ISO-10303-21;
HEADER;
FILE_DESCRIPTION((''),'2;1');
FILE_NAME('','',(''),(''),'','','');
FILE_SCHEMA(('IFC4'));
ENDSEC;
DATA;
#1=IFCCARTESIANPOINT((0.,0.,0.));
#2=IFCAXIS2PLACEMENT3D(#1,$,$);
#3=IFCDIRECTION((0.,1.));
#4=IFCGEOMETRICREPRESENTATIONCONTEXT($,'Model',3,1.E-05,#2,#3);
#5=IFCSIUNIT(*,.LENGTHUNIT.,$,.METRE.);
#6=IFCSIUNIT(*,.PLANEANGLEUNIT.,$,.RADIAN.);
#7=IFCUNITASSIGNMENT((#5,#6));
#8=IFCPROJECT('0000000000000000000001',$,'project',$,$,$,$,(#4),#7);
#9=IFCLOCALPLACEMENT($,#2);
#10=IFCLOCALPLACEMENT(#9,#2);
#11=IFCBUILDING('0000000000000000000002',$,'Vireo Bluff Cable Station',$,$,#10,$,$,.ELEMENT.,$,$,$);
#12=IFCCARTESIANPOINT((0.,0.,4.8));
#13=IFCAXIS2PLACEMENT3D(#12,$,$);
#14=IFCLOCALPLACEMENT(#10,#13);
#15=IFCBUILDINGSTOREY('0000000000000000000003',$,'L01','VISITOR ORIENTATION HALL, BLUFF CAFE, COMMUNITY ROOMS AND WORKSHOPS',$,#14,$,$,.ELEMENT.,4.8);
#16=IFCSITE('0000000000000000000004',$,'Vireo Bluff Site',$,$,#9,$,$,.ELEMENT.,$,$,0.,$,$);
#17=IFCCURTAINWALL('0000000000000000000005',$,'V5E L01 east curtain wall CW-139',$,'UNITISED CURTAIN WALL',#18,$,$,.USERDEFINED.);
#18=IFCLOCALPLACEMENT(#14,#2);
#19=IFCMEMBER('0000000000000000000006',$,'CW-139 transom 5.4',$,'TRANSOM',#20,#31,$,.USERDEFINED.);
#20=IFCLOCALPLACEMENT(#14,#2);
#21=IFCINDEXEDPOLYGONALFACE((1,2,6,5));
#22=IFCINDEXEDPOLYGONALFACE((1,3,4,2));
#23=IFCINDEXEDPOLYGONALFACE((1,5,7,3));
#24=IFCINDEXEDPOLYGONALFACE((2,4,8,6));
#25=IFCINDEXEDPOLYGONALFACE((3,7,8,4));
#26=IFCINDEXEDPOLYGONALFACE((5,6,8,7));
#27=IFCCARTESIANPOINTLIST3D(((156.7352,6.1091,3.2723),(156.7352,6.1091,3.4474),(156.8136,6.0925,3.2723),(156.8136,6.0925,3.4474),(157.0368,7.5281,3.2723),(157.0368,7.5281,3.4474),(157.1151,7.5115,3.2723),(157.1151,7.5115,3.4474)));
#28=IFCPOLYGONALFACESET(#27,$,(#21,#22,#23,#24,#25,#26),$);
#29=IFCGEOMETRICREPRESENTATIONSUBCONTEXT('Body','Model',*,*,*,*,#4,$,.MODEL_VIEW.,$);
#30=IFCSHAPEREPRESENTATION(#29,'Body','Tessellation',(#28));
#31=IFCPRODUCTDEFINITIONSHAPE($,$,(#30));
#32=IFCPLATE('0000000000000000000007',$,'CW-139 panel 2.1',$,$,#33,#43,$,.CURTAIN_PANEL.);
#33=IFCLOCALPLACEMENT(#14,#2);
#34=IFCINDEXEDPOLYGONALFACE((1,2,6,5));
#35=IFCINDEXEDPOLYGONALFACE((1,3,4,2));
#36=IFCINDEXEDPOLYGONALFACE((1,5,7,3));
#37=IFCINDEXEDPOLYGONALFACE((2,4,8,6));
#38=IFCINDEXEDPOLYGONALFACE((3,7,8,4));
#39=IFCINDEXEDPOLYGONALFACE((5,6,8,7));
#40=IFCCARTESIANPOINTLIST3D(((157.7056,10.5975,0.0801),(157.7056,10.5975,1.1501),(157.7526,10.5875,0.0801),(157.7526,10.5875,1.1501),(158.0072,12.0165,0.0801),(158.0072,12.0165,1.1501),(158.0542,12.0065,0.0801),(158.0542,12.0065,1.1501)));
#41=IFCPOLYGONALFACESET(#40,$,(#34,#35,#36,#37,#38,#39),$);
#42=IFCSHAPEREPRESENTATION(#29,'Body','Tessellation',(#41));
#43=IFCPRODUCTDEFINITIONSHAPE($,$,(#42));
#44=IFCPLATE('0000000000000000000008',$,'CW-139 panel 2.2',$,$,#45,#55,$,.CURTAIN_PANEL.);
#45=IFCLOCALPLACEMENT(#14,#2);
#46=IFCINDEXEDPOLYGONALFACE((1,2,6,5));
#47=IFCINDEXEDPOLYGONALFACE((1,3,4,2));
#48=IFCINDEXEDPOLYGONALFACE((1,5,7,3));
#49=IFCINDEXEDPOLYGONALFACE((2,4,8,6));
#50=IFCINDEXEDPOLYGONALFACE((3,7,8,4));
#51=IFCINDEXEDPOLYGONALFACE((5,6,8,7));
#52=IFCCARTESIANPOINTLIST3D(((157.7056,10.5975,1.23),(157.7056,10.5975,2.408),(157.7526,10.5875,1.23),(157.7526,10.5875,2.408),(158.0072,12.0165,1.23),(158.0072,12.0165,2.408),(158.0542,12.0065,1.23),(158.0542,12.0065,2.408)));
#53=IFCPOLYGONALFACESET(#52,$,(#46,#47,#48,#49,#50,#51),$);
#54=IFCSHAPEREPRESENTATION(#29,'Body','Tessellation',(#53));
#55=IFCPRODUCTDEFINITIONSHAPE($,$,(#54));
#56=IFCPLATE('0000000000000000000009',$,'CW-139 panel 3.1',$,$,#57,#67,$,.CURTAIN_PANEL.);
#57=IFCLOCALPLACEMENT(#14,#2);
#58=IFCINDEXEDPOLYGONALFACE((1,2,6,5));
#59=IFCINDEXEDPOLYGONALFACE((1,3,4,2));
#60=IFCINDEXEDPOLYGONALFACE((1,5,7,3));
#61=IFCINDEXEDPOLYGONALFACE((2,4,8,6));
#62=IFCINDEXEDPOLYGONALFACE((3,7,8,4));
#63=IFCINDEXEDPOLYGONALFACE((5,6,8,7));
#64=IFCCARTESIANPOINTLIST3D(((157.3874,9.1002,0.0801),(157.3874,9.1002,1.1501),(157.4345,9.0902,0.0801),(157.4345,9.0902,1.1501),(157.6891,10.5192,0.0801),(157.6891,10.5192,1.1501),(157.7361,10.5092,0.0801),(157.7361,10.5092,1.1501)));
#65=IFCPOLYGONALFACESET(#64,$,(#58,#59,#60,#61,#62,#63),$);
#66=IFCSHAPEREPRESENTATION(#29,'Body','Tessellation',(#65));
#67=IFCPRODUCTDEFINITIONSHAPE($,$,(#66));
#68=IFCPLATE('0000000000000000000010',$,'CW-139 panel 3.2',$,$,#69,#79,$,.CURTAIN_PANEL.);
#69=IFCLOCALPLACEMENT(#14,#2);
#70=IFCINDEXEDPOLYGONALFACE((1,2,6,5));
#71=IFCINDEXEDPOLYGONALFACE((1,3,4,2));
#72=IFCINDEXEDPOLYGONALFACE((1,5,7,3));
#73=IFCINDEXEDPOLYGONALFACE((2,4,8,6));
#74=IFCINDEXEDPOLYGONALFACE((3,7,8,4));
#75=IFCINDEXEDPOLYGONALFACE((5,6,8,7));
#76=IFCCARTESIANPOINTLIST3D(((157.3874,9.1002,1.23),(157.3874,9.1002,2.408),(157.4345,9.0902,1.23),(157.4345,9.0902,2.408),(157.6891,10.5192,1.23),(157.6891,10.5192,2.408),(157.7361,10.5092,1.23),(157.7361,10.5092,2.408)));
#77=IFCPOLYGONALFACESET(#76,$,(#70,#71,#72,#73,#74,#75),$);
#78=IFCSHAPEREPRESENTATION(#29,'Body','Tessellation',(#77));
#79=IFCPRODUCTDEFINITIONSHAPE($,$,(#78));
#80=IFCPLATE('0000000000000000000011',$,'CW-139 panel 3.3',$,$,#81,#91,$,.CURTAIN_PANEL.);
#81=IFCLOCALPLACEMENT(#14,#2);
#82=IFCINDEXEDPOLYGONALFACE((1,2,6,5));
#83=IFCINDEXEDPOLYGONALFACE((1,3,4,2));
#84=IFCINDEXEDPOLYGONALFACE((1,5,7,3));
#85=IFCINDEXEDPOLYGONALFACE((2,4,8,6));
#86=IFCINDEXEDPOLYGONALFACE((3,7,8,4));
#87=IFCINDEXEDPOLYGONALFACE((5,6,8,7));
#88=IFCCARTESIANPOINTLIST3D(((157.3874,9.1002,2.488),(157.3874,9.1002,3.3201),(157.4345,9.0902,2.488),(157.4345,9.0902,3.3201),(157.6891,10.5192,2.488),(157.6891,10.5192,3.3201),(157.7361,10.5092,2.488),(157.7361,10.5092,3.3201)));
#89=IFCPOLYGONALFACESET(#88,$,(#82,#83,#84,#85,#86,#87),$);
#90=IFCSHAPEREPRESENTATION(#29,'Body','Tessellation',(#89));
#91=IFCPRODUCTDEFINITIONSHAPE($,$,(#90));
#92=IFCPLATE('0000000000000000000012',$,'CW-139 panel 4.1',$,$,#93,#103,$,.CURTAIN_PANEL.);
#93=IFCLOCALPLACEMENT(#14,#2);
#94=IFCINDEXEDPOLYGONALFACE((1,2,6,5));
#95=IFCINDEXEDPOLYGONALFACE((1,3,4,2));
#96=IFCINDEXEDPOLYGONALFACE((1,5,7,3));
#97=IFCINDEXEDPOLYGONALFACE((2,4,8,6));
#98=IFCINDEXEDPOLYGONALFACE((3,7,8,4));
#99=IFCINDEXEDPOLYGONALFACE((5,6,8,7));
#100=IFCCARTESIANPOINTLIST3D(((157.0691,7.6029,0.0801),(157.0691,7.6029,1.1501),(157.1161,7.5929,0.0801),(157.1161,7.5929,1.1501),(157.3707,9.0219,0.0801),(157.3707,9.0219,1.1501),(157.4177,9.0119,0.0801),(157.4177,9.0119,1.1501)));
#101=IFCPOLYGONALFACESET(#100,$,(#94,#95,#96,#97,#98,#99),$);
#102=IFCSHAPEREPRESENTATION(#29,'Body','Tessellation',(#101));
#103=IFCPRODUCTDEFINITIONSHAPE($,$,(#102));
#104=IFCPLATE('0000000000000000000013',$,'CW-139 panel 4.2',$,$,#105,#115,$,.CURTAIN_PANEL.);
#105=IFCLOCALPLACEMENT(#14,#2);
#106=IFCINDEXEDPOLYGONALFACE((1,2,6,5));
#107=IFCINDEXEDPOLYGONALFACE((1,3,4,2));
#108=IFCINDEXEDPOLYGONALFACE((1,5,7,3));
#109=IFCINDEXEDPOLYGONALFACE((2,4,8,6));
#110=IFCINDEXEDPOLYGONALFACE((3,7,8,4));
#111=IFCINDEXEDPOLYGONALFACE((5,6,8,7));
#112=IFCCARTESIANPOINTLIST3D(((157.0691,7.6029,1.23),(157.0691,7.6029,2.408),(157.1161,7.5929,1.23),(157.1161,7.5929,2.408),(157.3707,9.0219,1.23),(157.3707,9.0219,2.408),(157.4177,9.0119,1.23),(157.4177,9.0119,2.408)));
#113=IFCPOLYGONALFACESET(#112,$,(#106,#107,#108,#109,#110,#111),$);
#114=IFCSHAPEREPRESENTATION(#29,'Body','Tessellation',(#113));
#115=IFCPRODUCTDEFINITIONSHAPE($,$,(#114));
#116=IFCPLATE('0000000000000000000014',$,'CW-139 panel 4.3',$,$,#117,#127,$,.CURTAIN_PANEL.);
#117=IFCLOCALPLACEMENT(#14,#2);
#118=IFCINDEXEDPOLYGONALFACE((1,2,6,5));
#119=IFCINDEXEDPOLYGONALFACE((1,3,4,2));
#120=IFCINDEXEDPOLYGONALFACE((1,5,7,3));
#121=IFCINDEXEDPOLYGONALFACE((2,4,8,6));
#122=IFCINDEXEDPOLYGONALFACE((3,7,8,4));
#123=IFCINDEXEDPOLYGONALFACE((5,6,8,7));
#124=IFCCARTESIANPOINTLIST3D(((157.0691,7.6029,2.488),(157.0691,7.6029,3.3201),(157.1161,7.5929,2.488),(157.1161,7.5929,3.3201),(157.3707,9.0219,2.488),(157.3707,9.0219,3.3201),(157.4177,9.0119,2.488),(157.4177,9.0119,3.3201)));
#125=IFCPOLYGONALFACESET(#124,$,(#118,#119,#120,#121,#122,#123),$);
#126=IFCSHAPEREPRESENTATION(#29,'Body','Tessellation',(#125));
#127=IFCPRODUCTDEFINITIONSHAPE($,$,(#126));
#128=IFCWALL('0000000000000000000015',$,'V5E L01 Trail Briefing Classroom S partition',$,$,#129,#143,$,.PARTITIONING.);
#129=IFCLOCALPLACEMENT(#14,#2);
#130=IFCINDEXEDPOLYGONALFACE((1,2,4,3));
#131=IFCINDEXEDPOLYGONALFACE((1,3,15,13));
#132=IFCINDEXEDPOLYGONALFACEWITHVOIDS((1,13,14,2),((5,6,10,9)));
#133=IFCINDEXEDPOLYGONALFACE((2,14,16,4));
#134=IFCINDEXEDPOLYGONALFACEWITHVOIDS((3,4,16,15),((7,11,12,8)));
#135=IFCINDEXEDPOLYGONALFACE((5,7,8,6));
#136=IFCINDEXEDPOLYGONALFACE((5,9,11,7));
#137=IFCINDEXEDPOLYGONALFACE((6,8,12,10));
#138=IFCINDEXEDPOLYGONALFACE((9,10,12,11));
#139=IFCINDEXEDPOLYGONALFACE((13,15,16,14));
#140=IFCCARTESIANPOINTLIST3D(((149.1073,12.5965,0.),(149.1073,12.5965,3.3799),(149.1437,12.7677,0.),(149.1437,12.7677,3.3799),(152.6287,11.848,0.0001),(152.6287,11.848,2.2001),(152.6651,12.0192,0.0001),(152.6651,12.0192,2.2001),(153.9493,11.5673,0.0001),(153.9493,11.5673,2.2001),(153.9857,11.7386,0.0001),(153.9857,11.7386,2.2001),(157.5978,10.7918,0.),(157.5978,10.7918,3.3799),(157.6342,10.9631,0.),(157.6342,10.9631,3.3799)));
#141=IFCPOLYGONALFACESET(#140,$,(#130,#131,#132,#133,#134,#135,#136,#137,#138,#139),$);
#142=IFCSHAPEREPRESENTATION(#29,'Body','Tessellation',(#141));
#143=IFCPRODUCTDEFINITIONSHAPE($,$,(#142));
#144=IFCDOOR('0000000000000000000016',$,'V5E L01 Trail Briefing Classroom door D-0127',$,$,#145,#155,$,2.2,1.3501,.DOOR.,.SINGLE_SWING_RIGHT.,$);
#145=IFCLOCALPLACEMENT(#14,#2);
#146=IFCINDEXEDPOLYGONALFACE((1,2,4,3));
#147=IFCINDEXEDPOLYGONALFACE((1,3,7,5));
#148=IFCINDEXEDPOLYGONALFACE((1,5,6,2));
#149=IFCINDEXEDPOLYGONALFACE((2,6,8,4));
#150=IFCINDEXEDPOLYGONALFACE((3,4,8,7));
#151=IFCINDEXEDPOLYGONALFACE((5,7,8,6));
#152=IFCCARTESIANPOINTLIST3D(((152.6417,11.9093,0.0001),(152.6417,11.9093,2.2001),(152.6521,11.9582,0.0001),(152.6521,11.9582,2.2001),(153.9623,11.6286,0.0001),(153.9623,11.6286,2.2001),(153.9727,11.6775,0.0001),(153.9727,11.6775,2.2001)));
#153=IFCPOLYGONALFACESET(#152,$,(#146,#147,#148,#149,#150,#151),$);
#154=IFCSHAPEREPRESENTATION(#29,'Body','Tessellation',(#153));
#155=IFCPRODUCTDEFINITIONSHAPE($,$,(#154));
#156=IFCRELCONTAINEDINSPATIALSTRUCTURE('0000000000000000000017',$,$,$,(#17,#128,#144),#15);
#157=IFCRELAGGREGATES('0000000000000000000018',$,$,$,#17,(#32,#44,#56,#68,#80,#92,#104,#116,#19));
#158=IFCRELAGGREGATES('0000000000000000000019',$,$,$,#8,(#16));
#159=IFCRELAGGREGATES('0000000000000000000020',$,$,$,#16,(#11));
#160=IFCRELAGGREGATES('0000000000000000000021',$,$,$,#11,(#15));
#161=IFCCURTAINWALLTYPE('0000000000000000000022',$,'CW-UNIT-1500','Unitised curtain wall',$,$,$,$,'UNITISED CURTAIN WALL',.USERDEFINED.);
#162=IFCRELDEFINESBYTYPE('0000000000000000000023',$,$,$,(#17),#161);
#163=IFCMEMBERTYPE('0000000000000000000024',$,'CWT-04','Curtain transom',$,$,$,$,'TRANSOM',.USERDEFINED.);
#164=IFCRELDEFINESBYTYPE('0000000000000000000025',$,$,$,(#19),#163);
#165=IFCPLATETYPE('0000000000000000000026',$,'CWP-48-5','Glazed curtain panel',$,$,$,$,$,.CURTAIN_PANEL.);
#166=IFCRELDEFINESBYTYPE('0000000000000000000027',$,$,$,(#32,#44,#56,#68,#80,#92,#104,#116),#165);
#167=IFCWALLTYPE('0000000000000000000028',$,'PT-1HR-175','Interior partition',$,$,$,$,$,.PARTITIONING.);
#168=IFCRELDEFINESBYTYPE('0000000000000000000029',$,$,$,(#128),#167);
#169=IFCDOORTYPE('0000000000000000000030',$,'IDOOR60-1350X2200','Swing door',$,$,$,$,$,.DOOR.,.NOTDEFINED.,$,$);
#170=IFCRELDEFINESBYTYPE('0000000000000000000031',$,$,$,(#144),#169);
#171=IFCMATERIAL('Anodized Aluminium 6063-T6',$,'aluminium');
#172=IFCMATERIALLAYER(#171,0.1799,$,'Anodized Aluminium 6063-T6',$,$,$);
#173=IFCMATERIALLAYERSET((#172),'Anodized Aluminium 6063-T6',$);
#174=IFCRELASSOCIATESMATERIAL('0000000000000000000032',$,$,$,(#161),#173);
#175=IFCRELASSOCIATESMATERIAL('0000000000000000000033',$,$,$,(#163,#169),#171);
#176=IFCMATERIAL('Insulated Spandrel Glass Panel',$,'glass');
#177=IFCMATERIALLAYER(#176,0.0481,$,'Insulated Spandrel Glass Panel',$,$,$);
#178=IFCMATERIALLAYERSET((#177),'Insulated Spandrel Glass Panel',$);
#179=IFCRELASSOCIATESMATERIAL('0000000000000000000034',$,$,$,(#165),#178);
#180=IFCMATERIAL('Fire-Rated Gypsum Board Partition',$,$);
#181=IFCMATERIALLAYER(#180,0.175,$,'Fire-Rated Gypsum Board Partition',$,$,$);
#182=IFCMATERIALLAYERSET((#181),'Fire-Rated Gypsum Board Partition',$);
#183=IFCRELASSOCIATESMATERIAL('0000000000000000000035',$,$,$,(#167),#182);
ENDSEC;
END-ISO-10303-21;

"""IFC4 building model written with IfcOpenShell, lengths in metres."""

from ifc_helpers import new_model, si_unit, direction, frame, frame_2d, origin, origin_with_axes, origin_2d, place, context, subcontext, project, spatial, rectangle, extrude, material, layer, layer_set, material_profile, profile_set, type_object, element, fill, aggregate, save


model = new_model("IFC4")

# Units and contexts
model_context = context("Model", 3, precision=1e-05, world=origin(), true_north=direction((0.0, 1.0)))
body_context = subcontext(model_context, "Body", "Model", "MODEL_VIEW")
ifc_project = project(units=[si_unit("LENGTHUNIT", "METRE"), si_unit("PLANEANGLEUNIT", "RADIAN")], contexts=[model_context])

# Site, building, storey
site_placement = place(None, origin())
site = spatial("IfcSite", under=ifc_project, at=site_placement, Name="Vireo Bluff Site", CompositionType="ELEMENT", RefElevation=0.0)
building_placement = place(site_placement, origin())
building = spatial("IfcBuilding", under=site, at=building_placement, Name="Vireo Bluff Cable Station", CompositionType="ELEMENT")
storey_placement = place(building_placement, frame((0.0, 0.0, 4.8)))
storey = spatial("IfcBuildingStorey", under=building, at=storey_placement, Name="L01", Description="VISITOR ORIENTATION HALL, BLUFF CAFE, COMMUNITY ROOMS AND WORKSHOPS", CompositionType="ELEMENT", Elevation=4.8)

# Curtain wall, member, plates
ifc_material_1 = material(Name="Anodized Aluminium 6063-T6", Category="aluminium")
ifc_layer_1 = layer(ifc_material_1, 0.1799, Name="Anodized Aluminium 6063-T6")
ifc_layer_set_1 = layer_set([ifc_layer_1], Name="Anodized Aluminium 6063-T6")
curtain_wall_type = type_object("IfcCurtainWallType", Name="CW-UNIT-1500", Description="Unitised curtain wall", ElementType="UNITISED CURTAIN WALL", PredefinedType="USERDEFINED", material=ifc_layer_set_1)
curtain_wall_placement = place(storey_placement, origin())
curtain_wall = element("IfcCurtainWall", 1, at=curtain_wall_placement, inside=storey, type_object=curtain_wall_type, Name="V5E L01 east curtain wall CW-139", ObjectType="UNITISED CURTAIN WALL", PredefinedType="USERDEFINED")
ifc_material_profile_1 = material_profile(ifc_material_1, rectangle(XDim=0.0801, YDim=0.175, at=origin_2d()), Name="ALU-T-80X175")
ifc_profile_set_1 = profile_set([ifc_material_profile_1], Name="Anodized Aluminium 6063-T6")
member_type_1 = type_object("IfcMemberType", Name="CWT-04", Description="Curtain transom", ElementType="TRANSOM", PredefinedType="USERDEFINED", material=ifc_profile_set_1)
member_1_placement = place(storey_placement, frame((157.0759, 7.5198, 3.3599), z_axis=(-0.207851, -0.978161, 0.0), x_axis=(0.978161, -0.207851, 0.0)))
member_1 = element("IfcMember", 2, at=member_1_placement, type_object=member_type_1, Name="CW-139 transom 5.4", ObjectType="TRANSOM", PredefinedType="USERDEFINED", context=body_context, shape_type="SweptSolid", body=[
    extrude(rectangle(XDim=0.0801, YDim=0.175, at=origin_2d()), origin(), (0.0, 0.0, 1.0), 1.4507),
])
ifc_material_2 = material(Name="Insulated Spandrel Glass Panel", Category="glass")
ifc_layer_2 = layer(ifc_material_2, 0.0481, Name="Insulated Spandrel Glass Panel")
ifc_layer_set_2 = layer_set([ifc_layer_2], Name="Insulated Spandrel Glass Panel")
plate_type = type_object("IfcPlateType", Name="CWP-48-5", Description="Glazed curtain panel", PredefinedType="CURTAIN_PANEL", material=ifc_layer_set_2)
plate_1_placement = place(storey_placement, frame((157.8799, 11.302, 0.0801), z_axis=(0.0, 0.0, 1.0), x_axis=(-0.207912, -0.978148, 0.0)))
plate_1 = element("IfcPlate", 3, at=plate_1_placement, type_object=plate_type, Name="CW-139 panel 2.1", PredefinedType="CURTAIN_PANEL", context=body_context, shape_type="SweptSolid", body=[
    extrude(rectangle(XDim=1.4507, YDim=0.0481, at=origin_2d()), origin(), (0.0, 0.0, 1.0), 1.0701),
])
plate_2_placement = place(storey_placement, frame((157.8799, 11.302, 1.23), z_axis=(0.0, 0.0, 1.0), x_axis=(-0.207912, -0.978148, 0.0)))
plate_2 = element("IfcPlate", 4, at=plate_2_placement, type_object=plate_type, Name="CW-139 panel 2.2", PredefinedType="CURTAIN_PANEL", context=body_context, shape_type="SweptSolid", body=[
    extrude(rectangle(XDim=1.4507, YDim=0.0481, at=origin_2d()), origin(), (0.0, 0.0, 1.0), 1.178),
])
plate_3_placement = place(storey_placement, frame((157.5618, 9.8047, 0.0801), z_axis=(0.0, 0.0, 1.0), x_axis=(-0.207912, -0.978148, 0.0)))
plate_3 = element("IfcPlate", 5, at=plate_3_placement, type_object=plate_type, Name="CW-139 panel 3.1", PredefinedType="CURTAIN_PANEL", context=body_context, shape_type="SweptSolid", body=[
    extrude(rectangle(XDim=1.4507, YDim=0.0481, at=origin_2d()), origin(), (0.0, 0.0, 1.0), 1.0701),
])
plate_4_placement = place(storey_placement, frame((157.5618, 9.8047, 1.23), z_axis=(0.0, 0.0, 1.0), x_axis=(-0.207912, -0.978148, 0.0)))
plate_4 = element("IfcPlate", 6, at=plate_4_placement, type_object=plate_type, Name="CW-139 panel 3.2", PredefinedType="CURTAIN_PANEL", context=body_context, shape_type="SweptSolid", body=[
    extrude(rectangle(XDim=1.4507, YDim=0.0481, at=origin_2d()), origin(), (0.0, 0.0, 1.0), 1.178),
])
plate_5_placement = place(storey_placement, frame((157.5618, 9.8047, 2.488), z_axis=(0.0, 0.0, 1.0), x_axis=(-0.207912, -0.978148, 0.0)))
plate_5 = element("IfcPlate", 7, at=plate_5_placement, type_object=plate_type, Name="CW-139 panel 3.3", PredefinedType="CURTAIN_PANEL", context=body_context, shape_type="SweptSolid", body=[
    extrude(rectangle(XDim=1.4507, YDim=0.0481, at=origin_2d()), origin(), (0.0, 0.0, 1.0), 0.832),
])
plate_6_placement = place(storey_placement, frame((157.2434, 8.3074, 0.0801), z_axis=(0.0, 0.0, 1.0), x_axis=(-0.207912, -0.978148, 0.0)))
plate_6 = element("IfcPlate", 8, at=plate_6_placement, type_object=plate_type, Name="CW-139 panel 4.1", PredefinedType="CURTAIN_PANEL", context=body_context, shape_type="SweptSolid", body=[
    extrude(rectangle(XDim=1.4507, YDim=0.0481, at=origin_2d()), origin(), (0.0, 0.0, 1.0), 1.0701),
])
plate_7_placement = place(storey_placement, frame((157.2434, 8.3074, 1.23), z_axis=(0.0, 0.0, 1.0), x_axis=(-0.207912, -0.978148, 0.0)))
plate_7 = element("IfcPlate", 9, at=plate_7_placement, type_object=plate_type, Name="CW-139 panel 4.2", PredefinedType="CURTAIN_PANEL", context=body_context, shape_type="SweptSolid", body=[
    extrude(rectangle(XDim=1.4507, YDim=0.0481, at=origin_2d()), origin(), (0.0, 0.0, 1.0), 1.178),
])
plate_8_placement = place(storey_placement, frame((157.2434, 8.3074, 2.488), z_axis=(0.0, 0.0, 1.0), x_axis=(-0.207912, -0.978148, 0.0)))
plate_8 = element("IfcPlate", 10, at=plate_8_placement, type_object=plate_type, Name="CW-139 panel 4.3", PredefinedType="CURTAIN_PANEL", context=body_context, shape_type="SweptSolid", body=[
    extrude(rectangle(XDim=1.4507, YDim=0.0481, at=origin_2d()), origin(), (0.0, 0.0, 1.0), 0.832),
])
aggregate(curtain_wall, [plate_1, plate_2, plate_3, plate_4, plate_5, plate_6, plate_7, plate_8, member_1])

# Wall, opening, door
ifc_material_3 = material(Name="Fire-Rated Gypsum Board Partition")
ifc_layer_3 = layer(ifc_material_3, 0.175, Name="Fire-Rated Gypsum Board Partition")
ifc_layer_set_3 = layer_set([ifc_layer_3], Name="Fire-Rated Gypsum Board Partition")
wall_type = type_object("IfcWallType", Name="PT-1HR-175", Description="Interior partition", PredefinedType="PARTITIONING", material=ifc_layer_set_3)
wall_placement = place(storey_placement, frame((157.616, 10.8774, 0.0), z_axis=(0.0, 0.0, 1.0), x_axis=(-0.978148, 0.20791, 0.0)))
wall = element("IfcWall", 11, at=wall_placement, inside=storey, type_object=wall_type, Name="V5E L01 Trail Briefing Classroom S partition", PredefinedType="PARTITIONING", context=body_context, shape_type="SweptSolid", body=[
    extrude(rectangle(XDim=8.6802, YDim=0.175, at=frame_2d((4.3401, 0.0))), origin(), (0.0, 0.0, 1.0), 3.3799),
])
opening_placement = place(wall_placement, frame((3.73, 0.0, 0.0)))
opening = element("IfcOpeningElement", 12, at=opening_placement, cuts=wall, PredefinedType="OPENING", context=body_context, shape_type="SweptSolid", body=[
    extrude(rectangle(XDim=1.3501, YDim=2.2, at=frame_2d((0.675, 1.1001))), frame((0.0, 0.0977, 0.0), z_axis=(0.0, -1.0, 0.0), x_axis=(1.0, 0.0, 0.0)), (0.0, 0.0, 1.0), 0.1951),
])
door_type = type_object("IfcDoorType", Name="IDOOR60-1350X2200", Description="Swing door", OperationType="NOTDEFINED", PredefinedType="DOOR", material=ifc_material_1)
door_placement = place(opening_placement, origin_with_axes())
door = element("IfcDoor", 13, at=door_placement, inside=storey, type_object=door_type, Name="V5E L01 Trail Briefing Classroom door D-0127", OperationType="SINGLE_SWING_RIGHT", OverallHeight=2.2, OverallWidth=1.3501, PredefinedType="DOOR", context=body_context, shape_type="SweptSolid", body=[
    extrude(rectangle(XDim=1.3501, YDim=2.2, at=frame_2d((0.675, 1.1001))), frame((0.0, 0.0249, 0.0), z_axis=(0.0, -1.0, 0.0), x_axis=(1.0, 0.0, 0.0)), (0.0, 0.0, 1.0), 0.05),
])
fill(opening, door)

save(model, "model.ifc")
